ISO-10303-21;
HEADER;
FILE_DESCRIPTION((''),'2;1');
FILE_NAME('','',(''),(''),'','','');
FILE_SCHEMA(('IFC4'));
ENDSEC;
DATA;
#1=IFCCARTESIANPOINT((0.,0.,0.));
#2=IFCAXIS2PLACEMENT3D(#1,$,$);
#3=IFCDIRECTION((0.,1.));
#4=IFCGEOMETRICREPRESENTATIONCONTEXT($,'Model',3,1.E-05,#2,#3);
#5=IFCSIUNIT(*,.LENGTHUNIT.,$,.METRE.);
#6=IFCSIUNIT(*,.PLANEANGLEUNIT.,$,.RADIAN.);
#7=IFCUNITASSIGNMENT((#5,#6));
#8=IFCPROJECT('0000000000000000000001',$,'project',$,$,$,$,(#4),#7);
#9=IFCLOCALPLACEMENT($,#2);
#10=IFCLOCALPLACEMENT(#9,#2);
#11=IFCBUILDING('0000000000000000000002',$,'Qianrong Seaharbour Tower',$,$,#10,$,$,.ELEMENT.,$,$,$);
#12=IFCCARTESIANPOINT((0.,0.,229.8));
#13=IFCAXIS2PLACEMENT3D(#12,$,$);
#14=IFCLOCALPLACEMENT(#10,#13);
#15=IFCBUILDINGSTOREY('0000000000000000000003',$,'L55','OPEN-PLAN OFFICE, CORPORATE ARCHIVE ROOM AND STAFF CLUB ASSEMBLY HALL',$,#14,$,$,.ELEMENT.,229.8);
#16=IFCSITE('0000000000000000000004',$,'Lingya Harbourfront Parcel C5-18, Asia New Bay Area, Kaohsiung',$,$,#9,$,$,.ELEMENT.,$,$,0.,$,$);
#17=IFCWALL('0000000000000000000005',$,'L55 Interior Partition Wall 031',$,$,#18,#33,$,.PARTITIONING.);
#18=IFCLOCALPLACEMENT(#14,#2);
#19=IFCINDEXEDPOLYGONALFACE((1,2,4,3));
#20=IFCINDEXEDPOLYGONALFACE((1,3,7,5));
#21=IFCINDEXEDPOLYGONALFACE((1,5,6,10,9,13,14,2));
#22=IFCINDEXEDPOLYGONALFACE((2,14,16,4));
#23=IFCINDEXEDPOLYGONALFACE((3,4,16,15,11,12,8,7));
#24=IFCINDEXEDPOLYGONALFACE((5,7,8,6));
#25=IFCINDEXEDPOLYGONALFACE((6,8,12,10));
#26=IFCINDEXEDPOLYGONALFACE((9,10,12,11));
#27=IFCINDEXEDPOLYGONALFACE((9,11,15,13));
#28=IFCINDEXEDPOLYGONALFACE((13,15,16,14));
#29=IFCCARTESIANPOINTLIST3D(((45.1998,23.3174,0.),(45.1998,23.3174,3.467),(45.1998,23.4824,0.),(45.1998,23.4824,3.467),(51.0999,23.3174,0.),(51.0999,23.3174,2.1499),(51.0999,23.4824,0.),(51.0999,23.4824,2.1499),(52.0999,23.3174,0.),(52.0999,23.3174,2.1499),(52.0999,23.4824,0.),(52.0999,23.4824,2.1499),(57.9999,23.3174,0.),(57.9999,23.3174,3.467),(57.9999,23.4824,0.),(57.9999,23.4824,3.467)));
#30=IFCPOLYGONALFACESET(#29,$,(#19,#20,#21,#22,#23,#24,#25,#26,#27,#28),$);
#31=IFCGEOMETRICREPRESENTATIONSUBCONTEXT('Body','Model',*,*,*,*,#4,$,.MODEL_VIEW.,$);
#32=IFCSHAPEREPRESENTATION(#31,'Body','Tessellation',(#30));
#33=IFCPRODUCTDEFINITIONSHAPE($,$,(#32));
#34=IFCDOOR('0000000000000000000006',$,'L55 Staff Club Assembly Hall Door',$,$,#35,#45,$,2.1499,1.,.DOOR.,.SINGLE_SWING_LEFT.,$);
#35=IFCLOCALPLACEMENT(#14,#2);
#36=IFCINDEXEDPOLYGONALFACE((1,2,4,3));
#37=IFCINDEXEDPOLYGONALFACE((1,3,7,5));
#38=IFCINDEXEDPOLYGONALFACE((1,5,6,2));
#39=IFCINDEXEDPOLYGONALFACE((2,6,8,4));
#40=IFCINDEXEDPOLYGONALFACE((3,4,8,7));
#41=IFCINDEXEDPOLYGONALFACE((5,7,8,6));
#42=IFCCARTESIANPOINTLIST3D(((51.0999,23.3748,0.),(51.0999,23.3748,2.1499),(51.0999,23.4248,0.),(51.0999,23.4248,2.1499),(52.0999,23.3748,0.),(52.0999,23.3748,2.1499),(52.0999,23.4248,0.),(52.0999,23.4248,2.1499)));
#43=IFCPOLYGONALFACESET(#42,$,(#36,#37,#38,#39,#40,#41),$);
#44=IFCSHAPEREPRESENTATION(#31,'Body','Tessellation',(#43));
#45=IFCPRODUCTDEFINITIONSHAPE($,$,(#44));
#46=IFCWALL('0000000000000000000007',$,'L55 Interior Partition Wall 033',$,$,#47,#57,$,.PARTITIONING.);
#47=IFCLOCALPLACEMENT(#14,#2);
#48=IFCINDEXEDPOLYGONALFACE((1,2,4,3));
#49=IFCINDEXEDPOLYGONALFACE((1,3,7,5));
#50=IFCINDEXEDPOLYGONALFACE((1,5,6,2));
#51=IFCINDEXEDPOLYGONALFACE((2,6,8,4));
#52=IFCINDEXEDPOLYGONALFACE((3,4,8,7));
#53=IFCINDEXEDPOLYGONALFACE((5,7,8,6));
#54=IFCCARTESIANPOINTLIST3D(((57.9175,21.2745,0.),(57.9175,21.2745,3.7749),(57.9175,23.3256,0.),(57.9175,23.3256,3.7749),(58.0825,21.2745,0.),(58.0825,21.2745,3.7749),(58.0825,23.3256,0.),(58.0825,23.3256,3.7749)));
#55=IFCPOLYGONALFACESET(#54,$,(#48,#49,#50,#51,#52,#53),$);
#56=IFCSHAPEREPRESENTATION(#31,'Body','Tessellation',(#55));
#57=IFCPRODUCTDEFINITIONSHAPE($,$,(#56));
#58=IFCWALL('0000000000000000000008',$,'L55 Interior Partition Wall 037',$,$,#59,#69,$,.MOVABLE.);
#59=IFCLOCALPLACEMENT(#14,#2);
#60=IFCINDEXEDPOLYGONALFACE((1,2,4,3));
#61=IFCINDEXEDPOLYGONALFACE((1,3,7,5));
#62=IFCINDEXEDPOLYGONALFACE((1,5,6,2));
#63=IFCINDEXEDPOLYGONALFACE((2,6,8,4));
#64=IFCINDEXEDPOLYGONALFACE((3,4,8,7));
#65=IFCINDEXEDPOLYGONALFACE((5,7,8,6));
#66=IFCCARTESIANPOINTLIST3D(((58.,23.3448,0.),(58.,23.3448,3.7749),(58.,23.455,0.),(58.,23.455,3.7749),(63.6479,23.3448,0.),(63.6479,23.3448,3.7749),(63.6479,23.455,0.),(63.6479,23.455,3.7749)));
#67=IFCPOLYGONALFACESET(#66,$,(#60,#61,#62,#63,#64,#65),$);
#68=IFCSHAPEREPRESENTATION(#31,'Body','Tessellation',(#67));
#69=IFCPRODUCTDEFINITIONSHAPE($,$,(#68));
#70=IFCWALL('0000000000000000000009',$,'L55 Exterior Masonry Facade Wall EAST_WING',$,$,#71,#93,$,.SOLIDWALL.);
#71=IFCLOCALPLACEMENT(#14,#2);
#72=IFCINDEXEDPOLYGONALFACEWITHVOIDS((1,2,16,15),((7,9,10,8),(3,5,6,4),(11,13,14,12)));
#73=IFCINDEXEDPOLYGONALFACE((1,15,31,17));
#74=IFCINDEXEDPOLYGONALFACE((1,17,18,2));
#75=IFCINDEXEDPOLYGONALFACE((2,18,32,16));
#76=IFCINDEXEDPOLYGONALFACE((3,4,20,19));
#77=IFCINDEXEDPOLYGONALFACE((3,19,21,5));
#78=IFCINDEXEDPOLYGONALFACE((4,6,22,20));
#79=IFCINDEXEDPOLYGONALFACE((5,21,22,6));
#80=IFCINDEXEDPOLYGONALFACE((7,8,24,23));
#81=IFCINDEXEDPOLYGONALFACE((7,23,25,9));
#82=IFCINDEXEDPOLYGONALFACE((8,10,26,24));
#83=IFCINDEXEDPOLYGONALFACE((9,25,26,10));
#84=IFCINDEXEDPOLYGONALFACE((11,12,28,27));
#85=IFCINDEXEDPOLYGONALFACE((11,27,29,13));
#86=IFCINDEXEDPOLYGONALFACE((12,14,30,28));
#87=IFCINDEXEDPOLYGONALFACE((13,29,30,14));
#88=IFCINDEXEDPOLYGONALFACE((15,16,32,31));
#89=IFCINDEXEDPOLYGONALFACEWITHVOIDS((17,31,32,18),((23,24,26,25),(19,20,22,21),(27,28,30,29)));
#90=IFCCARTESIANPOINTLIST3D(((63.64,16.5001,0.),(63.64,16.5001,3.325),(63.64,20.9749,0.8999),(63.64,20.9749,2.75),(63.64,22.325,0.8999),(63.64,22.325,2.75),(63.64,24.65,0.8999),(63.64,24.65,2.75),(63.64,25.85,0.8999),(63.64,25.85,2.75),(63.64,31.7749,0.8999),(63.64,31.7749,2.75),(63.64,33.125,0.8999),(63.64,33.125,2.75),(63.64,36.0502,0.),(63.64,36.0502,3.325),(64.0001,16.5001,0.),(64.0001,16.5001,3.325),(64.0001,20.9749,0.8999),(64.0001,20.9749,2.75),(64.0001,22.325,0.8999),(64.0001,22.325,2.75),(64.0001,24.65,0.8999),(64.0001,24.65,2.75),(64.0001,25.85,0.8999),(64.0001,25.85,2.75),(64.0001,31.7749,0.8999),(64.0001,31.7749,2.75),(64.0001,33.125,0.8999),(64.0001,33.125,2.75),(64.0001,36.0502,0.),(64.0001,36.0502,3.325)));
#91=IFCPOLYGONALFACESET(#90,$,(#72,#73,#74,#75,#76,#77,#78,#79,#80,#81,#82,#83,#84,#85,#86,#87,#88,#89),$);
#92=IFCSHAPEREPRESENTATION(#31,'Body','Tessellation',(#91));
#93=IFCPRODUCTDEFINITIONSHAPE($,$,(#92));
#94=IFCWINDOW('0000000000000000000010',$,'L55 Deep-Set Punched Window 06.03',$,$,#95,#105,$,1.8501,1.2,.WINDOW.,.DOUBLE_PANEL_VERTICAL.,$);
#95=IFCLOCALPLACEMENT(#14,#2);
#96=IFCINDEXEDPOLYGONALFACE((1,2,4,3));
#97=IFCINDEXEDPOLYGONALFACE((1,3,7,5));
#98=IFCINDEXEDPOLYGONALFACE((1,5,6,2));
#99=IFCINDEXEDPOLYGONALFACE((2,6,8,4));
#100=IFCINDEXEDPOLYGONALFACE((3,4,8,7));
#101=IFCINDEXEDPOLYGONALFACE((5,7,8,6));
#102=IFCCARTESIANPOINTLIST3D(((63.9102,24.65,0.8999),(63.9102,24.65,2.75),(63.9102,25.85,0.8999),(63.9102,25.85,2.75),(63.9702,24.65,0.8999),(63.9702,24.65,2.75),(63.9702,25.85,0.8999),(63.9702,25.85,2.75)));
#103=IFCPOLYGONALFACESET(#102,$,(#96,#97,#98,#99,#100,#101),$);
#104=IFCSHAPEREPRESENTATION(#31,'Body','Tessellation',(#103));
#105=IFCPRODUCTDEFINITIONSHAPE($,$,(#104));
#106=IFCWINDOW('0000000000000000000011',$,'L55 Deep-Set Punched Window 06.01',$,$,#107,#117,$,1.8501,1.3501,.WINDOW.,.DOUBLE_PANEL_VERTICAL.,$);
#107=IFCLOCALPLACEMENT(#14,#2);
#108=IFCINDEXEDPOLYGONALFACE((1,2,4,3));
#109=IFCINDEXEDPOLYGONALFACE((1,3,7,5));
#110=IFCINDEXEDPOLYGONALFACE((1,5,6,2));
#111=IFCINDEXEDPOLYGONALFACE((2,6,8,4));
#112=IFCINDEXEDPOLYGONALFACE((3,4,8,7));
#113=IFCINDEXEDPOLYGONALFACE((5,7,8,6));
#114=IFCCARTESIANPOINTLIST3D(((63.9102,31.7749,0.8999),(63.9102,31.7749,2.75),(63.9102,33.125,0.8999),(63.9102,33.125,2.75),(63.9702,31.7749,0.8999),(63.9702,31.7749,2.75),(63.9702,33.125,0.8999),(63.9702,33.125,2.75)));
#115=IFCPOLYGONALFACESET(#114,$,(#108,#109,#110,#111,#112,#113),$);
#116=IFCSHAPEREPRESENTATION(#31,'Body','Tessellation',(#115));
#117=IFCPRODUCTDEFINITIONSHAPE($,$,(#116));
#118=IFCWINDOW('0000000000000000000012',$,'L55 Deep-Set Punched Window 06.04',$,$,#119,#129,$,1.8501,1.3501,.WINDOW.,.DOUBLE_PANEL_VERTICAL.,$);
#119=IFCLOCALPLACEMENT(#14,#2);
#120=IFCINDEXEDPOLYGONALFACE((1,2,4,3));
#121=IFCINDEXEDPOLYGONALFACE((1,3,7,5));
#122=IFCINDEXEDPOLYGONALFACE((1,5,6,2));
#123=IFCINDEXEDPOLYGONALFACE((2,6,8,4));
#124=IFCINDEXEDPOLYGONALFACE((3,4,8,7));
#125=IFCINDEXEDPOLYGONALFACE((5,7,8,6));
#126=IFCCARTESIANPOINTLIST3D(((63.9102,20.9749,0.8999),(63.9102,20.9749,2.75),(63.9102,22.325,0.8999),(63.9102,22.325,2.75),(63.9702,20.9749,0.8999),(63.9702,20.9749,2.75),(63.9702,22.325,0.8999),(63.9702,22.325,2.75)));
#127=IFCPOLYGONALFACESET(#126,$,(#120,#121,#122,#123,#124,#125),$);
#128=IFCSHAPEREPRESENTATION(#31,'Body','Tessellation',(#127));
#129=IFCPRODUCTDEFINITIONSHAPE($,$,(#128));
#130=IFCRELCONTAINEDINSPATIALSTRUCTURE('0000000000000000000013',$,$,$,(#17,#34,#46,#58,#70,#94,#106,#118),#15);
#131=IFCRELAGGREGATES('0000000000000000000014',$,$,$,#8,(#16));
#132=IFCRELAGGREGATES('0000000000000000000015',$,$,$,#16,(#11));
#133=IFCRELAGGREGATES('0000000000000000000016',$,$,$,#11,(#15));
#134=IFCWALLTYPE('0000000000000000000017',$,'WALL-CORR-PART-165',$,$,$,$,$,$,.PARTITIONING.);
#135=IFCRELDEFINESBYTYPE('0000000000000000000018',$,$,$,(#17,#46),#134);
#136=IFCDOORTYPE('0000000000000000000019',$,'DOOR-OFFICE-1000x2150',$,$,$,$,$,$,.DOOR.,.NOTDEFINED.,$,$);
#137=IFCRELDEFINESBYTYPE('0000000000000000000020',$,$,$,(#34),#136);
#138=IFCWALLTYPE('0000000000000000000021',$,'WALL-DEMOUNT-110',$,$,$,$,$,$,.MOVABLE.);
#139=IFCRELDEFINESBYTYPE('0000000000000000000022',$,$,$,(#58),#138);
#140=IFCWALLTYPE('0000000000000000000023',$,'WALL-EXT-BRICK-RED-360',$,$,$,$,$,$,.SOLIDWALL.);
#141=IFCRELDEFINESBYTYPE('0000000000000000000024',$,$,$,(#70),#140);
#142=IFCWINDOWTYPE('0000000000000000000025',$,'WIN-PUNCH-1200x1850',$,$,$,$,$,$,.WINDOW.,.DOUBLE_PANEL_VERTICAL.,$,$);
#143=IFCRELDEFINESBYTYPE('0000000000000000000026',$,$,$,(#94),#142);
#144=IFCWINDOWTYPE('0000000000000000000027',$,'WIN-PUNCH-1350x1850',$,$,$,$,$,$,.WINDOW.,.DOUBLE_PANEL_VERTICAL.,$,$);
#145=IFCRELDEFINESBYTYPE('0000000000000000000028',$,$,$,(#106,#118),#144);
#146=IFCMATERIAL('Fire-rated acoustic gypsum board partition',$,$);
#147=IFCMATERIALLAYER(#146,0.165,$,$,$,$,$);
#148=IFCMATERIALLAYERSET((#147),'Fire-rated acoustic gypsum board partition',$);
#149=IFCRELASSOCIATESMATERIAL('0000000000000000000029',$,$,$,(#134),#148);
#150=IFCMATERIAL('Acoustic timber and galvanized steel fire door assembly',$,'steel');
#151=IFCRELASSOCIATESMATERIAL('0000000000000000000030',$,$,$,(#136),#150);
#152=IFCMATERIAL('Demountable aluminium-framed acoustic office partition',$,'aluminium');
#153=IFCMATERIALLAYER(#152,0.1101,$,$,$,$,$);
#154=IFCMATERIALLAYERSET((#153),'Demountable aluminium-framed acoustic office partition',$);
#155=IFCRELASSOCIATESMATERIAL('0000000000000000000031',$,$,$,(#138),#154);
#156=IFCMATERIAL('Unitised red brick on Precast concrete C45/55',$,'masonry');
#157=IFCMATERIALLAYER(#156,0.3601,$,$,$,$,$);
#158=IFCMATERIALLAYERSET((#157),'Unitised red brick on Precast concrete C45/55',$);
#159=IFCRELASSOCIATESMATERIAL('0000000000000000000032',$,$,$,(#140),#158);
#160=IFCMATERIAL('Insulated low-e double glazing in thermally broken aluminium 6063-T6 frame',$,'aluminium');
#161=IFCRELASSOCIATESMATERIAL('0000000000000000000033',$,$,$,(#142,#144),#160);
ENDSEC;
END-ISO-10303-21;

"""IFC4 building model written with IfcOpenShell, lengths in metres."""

from ifc_helpers import new_model, si_unit, direction, frame, frame_2d, origin, place, context, subcontext, project, spatial, rectangle, extrude, material, layer, layer_set, type_object, element, fill, save


model = new_model("IFC4")

# Units and contexts
model_context = context("Model", 3, precision=1e-05, world=origin(), true_north=direction((0.0, 1.0)))
body_context = subcontext(model_context, "Body", "Model", "MODEL_VIEW")
ifc_project = project(units=[si_unit("LENGTHUNIT", "METRE"), si_unit("PLANEANGLEUNIT", "RADIAN")], contexts=[model_context])

# Site, building, storey
site_placement = place(None, origin())
site = spatial("IfcSite", under=ifc_project, at=site_placement, Name="Lingya Harbourfront Parcel C5-18, Asia New Bay Area, Kaohsiung", CompositionType="ELEMENT", RefElevation=0.0)
building_placement = place(site_placement, origin())
building = spatial("IfcBuilding", under=site, at=building_placement, Name="Qianrong Seaharbour Tower", CompositionType="ELEMENT")
storey_placement = place(building_placement, frame((0.0, 0.0, 229.8)))
storey = spatial("IfcBuildingStorey", under=building, at=storey_placement, Name="L55", Description="OPEN-PLAN OFFICE, CORPORATE ARCHIVE ROOM AND STAFF CLUB ASSEMBLY HALL", CompositionType="ELEMENT", Elevation=229.8)

# Shared definitions
ifc_material_1 = material(Name="Fire-rated acoustic gypsum board partition")
ifc_layer_1 = layer(ifc_material_1, 0.165)
ifc_layer_set_1 = layer_set([ifc_layer_1], Name="Fire-rated acoustic gypsum board partition")
wall_type_1 = type_object("IfcWallType", Name="WALL-CORR-PART-165", PredefinedType="PARTITIONING", material=ifc_layer_set_1)

# Wall, opening, door
wall_1_placement = place(storey_placement, frame((45.2, 23.3999, 0.0), z_axis=(0.0, 0.0, 1.0), x_axis=(1.0, 0.0, 0.0)))
wall_1 = element("IfcWall", 1, at=wall_1_placement, inside=storey, type_object=wall_type_1, Name="L55 Interior Partition Wall 031", PredefinedType="PARTITIONING", context=body_context, shape_type="SweptSolid", body=[
    extrude(rectangle(XDim=12.8, YDim=0.165, at=frame_2d((6.3999, 0.0))), origin(), (0.0, 0.0, 1.0), 3.467),
])
opening_1_placement = place(wall_1_placement, frame((5.8999, 0.0, 0.0)))
opening_1 = element("IfcOpeningElement", 2, at=opening_1_placement, cuts=wall_1, PredefinedType="OPENING", context=body_context, shape_type="SweptSolid", body=[
    extrude(rectangle(XDim=1.0, YDim=2.1499, at=frame_2d((0.5, 1.075))), frame((0.0, 0.0925, 0.0), z_axis=(0.0, -1.0, 0.0), x_axis=(1.0, 0.0, 0.0)), (0.0, 0.0, 1.0), 0.1851),
])
ifc_material_2 = material(Name="Acoustic timber and galvanized steel fire door assembly", Category="steel")
door_type = type_object("IfcDoorType", Name="DOOR-OFFICE-1000x2150", OperationType="NOTDEFINED", PredefinedType="DOOR", material=ifc_material_2)
door_placement = place(opening_1_placement, origin())
door = element("IfcDoor", 3, at=door_placement, inside=storey, type_object=door_type, Name="L55 Staff Club Assembly Hall Door", OperationType="SINGLE_SWING_LEFT", OverallHeight=2.1499, OverallWidth=1.0, PredefinedType="DOOR", context=body_context, shape_type="SweptSolid", body=[
    extrude(rectangle(XDim=1.0, YDim=2.1499, at=frame_2d((0.5, 1.075))), frame((0.0, 0.0249, 0.0), z_axis=(0.0, -1.0, 0.0), x_axis=(1.0, 0.0, 0.0)), (0.0, 0.0, 1.0), 0.05),
])
fill(opening_1, door)

# Walls
wall_2_placement = place(storey_placement, frame((58.0, 23.3254, 0.0), z_axis=(0.0, 0.0, 1.0), x_axis=(0.0, -1.0, 0.0)))
element("IfcWall", 4, at=wall_2_placement, inside=storey, type_object=wall_type_1, Name="L55 Interior Partition Wall 033", PredefinedType="PARTITIONING", context=body_context, shape_type="SweptSolid", body=[
    extrude(rectangle(XDim=2.051, YDim=0.165, at=frame_2d((1.0254, 0.0))), origin(), (0.0, 0.0, 1.0), 3.7749),
])
ifc_material_3 = material(Name="Demountable aluminium-framed acoustic office partition", Category="aluminium")
ifc_layer_2 = layer(ifc_material_3, 0.1101)
ifc_layer_set_2 = layer_set([ifc_layer_2], Name="Demountable aluminium-framed acoustic office partition")
wall_type_2 = type_object("IfcWallType", Name="WALL-DEMOUNT-110", PredefinedType="MOVABLE", material=ifc_layer_set_2)
wall_3_placement = place(storey_placement, frame((63.6479, 23.3999, 0.0), z_axis=(0.0, 0.0, 1.0), x_axis=(-1.0, 0.0, 0.0)))
element("IfcWall", 5, at=wall_3_placement, inside=storey, type_object=wall_type_2, Name="L55 Interior Partition Wall 037", PredefinedType="MOVABLE", context=body_context, shape_type="SweptSolid", body=[
    extrude(rectangle(XDim=5.6479, YDim=0.1101, at=frame_2d((2.824, 0.0))), origin(), (0.0, 0.0, 1.0), 3.7749),
])

# Wall, openings, windows
ifc_material_4 = material(Name="Unitised red brick on Precast concrete C45/55", Category="masonry")
ifc_layer_3 = layer(ifc_material_4, 0.3601)
ifc_layer_set_3 = layer_set([ifc_layer_3], Name="Unitised red brick on Precast concrete C45/55")
wall_type_3 = type_object("IfcWallType", Name="WALL-EXT-BRICK-RED-360", PredefinedType="SOLIDWALL", material=ifc_layer_set_3)
wall_4_placement = place(storey_placement, frame((63.8201, 36.05, 0.0), z_axis=(0.0, 0.0, 1.0), x_axis=(0.0, -1.0, 0.0)))
wall_4 = element("IfcWall", 6, at=wall_4_placement, inside=storey, type_object=wall_type_3, Name="L55 Exterior Masonry Facade Wall EAST_WING", PredefinedType="SOLIDWALL", context=body_context, shape_type="SweptSolid", body=[
    extrude(rectangle(XDim=19.55, YDim=0.3601, at=frame_2d((9.7749, 0.0))), origin(), (0.0, 0.0, 1.0), 3.325),
])
opening_2_placement = place(wall_4_placement, frame((2.925, 0.0, 0.8999)))
opening_2 = element("IfcOpeningElement", 7, at=opening_2_placement, cuts=wall_4, PredefinedType="OPENING", context=body_context, shape_type="SweptSolid", body=[
    extrude(rectangle(XDim=1.3501, YDim=1.8501, at=frame_2d((0.675, 0.925))), frame((0.0, 0.1899, 0.0), z_axis=(0.0, -1.0, 0.0), x_axis=(1.0, 0.0, 0.0)), (0.0, 0.0, 1.0), 0.3801),
])
opening_3_placement = place(wall_4_placement, frame((10.2, 0.0, 0.8999)))
opening_3 = element("IfcOpeningElement", 8, at=opening_3_placement, cuts=wall_4, PredefinedType="OPENING", context=body_context, shape_type="SweptSolid", body=[
    extrude(rectangle(XDim=1.2, YDim=1.8501, at=frame_2d((0.6001, 0.925))), frame((0.0, 0.1899, 0.0), z_axis=(0.0, -1.0, 0.0), x_axis=(1.0, 0.0, 0.0)), (0.0, 0.0, 1.0), 0.3801),
])
opening_4_placement = place(wall_4_placement, frame((13.7251, 0.0, 0.8999)))
opening_4 = element("IfcOpeningElement", 9, at=opening_4_placement, cuts=wall_4, PredefinedType="OPENING", context=body_context, shape_type="SweptSolid", body=[
    extrude(rectangle(XDim=1.3501, YDim=1.8501, at=frame_2d((0.675, 0.925))), frame((0.0, 0.1899, 0.0), z_axis=(0.0, -1.0, 0.0), x_axis=(1.0, 0.0, 0.0)), (0.0, 0.0, 1.0), 0.3801),
])
ifc_material_5 = material(Name="Insulated low-e double glazing in thermally broken aluminium 6063-T6 frame", Category="aluminium")
window_type_1 = type_object("IfcWindowType", Name="WIN-PUNCH-1200x1850", PartitioningType="DOUBLE_PANEL_VERTICAL", PredefinedType="WINDOW", material=ifc_material_5)
window_1_placement = place(opening_3_placement, origin())
window_1 = element("IfcWindow", 10, at=window_1_placement, inside=storey, type_object=window_type_1, Name="L55 Deep-Set Punched Window 06.03", OverallHeight=1.8501, OverallWidth=1.2, PartitioningType="DOUBLE_PANEL_VERTICAL", PredefinedType="WINDOW", context=body_context, shape_type="SweptSolid", body=[
    extrude(rectangle(XDim=1.2, YDim=1.8501, at=frame_2d((0.6001, 0.925))), frame((0.0, 0.1501, 0.0), z_axis=(0.0, -1.0, 0.0), x_axis=(1.0, 0.0, 0.0)), (0.0, 0.0, 1.0), 0.0601),
])
fill(opening_3, window_1)
window_type_2 = type_object("IfcWindowType", Name="WIN-PUNCH-1350x1850", PartitioningType="DOUBLE_PANEL_VERTICAL", PredefinedType="WINDOW", material=ifc_material_5)
window_2_placement = place(opening_2_placement, origin())
window_2 = element("IfcWindow", 11, at=window_2_placement, inside=storey, type_object=window_type_2, Name="L55 Deep-Set Punched Window 06.01", OverallHeight=1.8501, OverallWidth=1.3501, PartitioningType="DOUBLE_PANEL_VERTICAL", PredefinedType="WINDOW", context=body_context, shape_type="SweptSolid", body=[
    extrude(rectangle(XDim=1.3501, YDim=1.8501, at=frame_2d((0.675, 0.925))), frame((0.0, 0.1501, 0.0), z_axis=(0.0, -1.0, 0.0), x_axis=(1.0, 0.0, 0.0)), (0.0, 0.0, 1.0), 0.0601),
])
fill(opening_2, window_2)
window_3_placement = place(opening_4_placement, origin())
window_3 = element("IfcWindow", 12, at=window_3_placement, inside=storey, type_object=window_type_2, Name="L55 Deep-Set Punched Window 06.04", OverallHeight=1.8501, OverallWidth=1.3501, PartitioningType="DOUBLE_PANEL_VERTICAL", PredefinedType="WINDOW", context=body_context, shape_type="SweptSolid", body=[
    extrude(rectangle(XDim=1.3501, YDim=1.8501, at=frame_2d((0.675, 0.925))), frame((0.0, 0.1501, 0.0), z_axis=(0.0, -1.0, 0.0), x_axis=(1.0, 0.0, 0.0)), (0.0, 0.0, 1.0), 0.0601),
])
fill(opening_4, window_3)

save(model, "model.ifc")
